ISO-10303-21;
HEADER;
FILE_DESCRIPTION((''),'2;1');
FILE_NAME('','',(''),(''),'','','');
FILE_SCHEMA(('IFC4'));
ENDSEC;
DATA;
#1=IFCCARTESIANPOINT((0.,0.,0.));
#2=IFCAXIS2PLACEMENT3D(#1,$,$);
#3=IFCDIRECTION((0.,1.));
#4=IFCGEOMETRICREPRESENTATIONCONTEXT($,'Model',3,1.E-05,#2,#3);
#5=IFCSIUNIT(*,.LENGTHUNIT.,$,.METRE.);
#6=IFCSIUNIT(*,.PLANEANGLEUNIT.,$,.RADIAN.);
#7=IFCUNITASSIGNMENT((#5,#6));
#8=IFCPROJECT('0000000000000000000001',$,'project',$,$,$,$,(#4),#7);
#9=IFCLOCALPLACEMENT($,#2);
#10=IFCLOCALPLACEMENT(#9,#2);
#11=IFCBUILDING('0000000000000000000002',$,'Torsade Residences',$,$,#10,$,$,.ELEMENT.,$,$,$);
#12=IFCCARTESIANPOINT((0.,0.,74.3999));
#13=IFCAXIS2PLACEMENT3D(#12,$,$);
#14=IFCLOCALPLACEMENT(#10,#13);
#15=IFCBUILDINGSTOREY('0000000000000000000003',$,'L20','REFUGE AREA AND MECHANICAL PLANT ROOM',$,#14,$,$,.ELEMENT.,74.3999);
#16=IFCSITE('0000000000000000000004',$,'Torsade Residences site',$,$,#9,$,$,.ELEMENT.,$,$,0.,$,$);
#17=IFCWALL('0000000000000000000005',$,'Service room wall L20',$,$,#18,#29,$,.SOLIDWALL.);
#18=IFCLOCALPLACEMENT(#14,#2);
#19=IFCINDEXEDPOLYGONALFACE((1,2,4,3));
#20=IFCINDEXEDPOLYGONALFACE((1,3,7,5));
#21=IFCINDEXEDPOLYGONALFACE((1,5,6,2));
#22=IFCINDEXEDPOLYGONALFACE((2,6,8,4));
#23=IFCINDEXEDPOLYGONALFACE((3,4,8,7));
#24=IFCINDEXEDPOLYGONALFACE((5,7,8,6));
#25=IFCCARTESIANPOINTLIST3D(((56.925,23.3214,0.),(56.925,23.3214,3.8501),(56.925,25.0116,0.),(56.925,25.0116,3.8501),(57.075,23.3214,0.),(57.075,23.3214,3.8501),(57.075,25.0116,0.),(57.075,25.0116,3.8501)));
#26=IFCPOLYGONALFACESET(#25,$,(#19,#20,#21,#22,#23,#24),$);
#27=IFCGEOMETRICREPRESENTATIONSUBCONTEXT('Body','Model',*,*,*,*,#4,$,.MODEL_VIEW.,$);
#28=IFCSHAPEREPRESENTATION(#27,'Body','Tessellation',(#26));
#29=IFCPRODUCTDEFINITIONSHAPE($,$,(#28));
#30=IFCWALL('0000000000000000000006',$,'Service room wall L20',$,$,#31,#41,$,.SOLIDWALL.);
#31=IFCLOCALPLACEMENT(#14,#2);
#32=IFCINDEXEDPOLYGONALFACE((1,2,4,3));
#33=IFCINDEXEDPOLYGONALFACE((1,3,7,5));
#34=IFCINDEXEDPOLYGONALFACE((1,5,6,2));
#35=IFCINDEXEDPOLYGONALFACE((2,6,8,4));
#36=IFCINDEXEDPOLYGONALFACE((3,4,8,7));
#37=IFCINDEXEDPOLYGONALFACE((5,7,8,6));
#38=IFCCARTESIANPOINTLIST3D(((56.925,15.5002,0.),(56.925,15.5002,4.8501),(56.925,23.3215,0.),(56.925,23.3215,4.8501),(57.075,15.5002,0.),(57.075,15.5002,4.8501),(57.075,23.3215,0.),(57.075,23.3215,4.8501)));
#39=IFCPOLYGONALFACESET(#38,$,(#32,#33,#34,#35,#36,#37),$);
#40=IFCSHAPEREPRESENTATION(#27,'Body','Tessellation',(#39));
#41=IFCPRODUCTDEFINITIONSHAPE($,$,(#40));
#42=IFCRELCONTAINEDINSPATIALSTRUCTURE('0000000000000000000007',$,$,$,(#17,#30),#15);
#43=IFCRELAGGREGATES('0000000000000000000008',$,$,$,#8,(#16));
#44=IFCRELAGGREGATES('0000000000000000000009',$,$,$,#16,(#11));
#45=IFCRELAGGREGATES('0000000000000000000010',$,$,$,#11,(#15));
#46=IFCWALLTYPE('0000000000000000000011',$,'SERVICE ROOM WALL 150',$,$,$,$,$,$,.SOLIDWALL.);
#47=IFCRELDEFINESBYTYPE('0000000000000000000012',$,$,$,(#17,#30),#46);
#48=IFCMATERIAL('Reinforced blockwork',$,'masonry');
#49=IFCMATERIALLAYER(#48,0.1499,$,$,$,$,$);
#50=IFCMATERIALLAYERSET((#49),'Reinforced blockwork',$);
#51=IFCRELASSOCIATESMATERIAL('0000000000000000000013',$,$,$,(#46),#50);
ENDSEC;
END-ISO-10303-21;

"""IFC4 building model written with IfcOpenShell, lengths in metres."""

from ifc_helpers import new_model, si_unit, direction, frame, frame_2d, origin, place, context, subcontext, project, spatial, rectangle, extrude, material, layer, layer_set, type_object, element, save


model = new_model("IFC4")

# Units and contexts
model_context = context("Model", 3, precision=1e-05, world=origin(), true_north=direction((0.0, 1.0)))
body_context = subcontext(model_context, "Body", "Model", "MODEL_VIEW")
ifc_project = project(units=[si_unit("LENGTHUNIT", "METRE"), si_unit("PLANEANGLEUNIT", "RADIAN")], contexts=[model_context])

# Site, building, storey
site_placement = place(None, origin())
site = spatial("IfcSite", under=ifc_project, at=site_placement, Name="Torsade Residences site", CompositionType="ELEMENT", RefElevation=0.0)
building_placement = place(site_placement, origin())
building = spatial("IfcBuilding", under=site, at=building_placement, Name="Torsade Residences", CompositionType="ELEMENT")
storey_placement = place(building_placement, frame((0.0, 0.0, 74.3999)))
storey = spatial("IfcBuildingStorey", under=building, at=storey_placement, Name="L20", Description="REFUGE AREA AND MECHANICAL PLANT ROOM", CompositionType="ELEMENT", Elevation=74.3999)

# Walls
ifc_material_1 = material(Name="Reinforced blockwork", Category="masonry")
ifc_layer_1 = layer(ifc_material_1, 0.1499)
ifc_layer_set_1 = layer_set([ifc_layer_1], Name="Reinforced blockwork")
wall_type_1 = type_object("IfcWallType", Name="SERVICE ROOM WALL 150", PredefinedType="SOLIDWALL", material=ifc_layer_set_1)
wall_1_placement = place(storey_placement, frame((57.0, 25.0117, 0.0), z_axis=(0.0, 0.0, 1.0), x_axis=(0.0, -1.0, 0.0)))
element("IfcWall", 1, at=wall_1_placement, inside=storey, type_object=wall_type_1, Name="Service room wall L20", PredefinedType="SOLIDWALL", context=body_context, shape_type="SweptSolid", body=[
    extrude(rectangle(XDim=1.6902, YDim=0.1499, at=frame_2d((0.8452, 0.0))), origin(), (0.0, 0.0, 1.0), 3.8501),
])
wall_2_placement = place(storey_placement, frame((57.0, 23.3215, 0.0), z_axis=(0.0, 0.0, 1.0), x_axis=(0.0, -1.0, 0.0)))
element("IfcWall", 2, at=wall_2_placement, inside=storey, type_object=wall_type_1, Name="Service room wall L20", PredefinedType="SOLIDWALL", context=body_context, shape_type="SweptSolid", body=[
    extrude(rectangle(XDim=7.8213, YDim=0.1499, at=frame_2d((3.9106, 0.0))), origin(), (0.0, 0.0, 1.0), 4.8501),
])

save(model, "model.ifc")
